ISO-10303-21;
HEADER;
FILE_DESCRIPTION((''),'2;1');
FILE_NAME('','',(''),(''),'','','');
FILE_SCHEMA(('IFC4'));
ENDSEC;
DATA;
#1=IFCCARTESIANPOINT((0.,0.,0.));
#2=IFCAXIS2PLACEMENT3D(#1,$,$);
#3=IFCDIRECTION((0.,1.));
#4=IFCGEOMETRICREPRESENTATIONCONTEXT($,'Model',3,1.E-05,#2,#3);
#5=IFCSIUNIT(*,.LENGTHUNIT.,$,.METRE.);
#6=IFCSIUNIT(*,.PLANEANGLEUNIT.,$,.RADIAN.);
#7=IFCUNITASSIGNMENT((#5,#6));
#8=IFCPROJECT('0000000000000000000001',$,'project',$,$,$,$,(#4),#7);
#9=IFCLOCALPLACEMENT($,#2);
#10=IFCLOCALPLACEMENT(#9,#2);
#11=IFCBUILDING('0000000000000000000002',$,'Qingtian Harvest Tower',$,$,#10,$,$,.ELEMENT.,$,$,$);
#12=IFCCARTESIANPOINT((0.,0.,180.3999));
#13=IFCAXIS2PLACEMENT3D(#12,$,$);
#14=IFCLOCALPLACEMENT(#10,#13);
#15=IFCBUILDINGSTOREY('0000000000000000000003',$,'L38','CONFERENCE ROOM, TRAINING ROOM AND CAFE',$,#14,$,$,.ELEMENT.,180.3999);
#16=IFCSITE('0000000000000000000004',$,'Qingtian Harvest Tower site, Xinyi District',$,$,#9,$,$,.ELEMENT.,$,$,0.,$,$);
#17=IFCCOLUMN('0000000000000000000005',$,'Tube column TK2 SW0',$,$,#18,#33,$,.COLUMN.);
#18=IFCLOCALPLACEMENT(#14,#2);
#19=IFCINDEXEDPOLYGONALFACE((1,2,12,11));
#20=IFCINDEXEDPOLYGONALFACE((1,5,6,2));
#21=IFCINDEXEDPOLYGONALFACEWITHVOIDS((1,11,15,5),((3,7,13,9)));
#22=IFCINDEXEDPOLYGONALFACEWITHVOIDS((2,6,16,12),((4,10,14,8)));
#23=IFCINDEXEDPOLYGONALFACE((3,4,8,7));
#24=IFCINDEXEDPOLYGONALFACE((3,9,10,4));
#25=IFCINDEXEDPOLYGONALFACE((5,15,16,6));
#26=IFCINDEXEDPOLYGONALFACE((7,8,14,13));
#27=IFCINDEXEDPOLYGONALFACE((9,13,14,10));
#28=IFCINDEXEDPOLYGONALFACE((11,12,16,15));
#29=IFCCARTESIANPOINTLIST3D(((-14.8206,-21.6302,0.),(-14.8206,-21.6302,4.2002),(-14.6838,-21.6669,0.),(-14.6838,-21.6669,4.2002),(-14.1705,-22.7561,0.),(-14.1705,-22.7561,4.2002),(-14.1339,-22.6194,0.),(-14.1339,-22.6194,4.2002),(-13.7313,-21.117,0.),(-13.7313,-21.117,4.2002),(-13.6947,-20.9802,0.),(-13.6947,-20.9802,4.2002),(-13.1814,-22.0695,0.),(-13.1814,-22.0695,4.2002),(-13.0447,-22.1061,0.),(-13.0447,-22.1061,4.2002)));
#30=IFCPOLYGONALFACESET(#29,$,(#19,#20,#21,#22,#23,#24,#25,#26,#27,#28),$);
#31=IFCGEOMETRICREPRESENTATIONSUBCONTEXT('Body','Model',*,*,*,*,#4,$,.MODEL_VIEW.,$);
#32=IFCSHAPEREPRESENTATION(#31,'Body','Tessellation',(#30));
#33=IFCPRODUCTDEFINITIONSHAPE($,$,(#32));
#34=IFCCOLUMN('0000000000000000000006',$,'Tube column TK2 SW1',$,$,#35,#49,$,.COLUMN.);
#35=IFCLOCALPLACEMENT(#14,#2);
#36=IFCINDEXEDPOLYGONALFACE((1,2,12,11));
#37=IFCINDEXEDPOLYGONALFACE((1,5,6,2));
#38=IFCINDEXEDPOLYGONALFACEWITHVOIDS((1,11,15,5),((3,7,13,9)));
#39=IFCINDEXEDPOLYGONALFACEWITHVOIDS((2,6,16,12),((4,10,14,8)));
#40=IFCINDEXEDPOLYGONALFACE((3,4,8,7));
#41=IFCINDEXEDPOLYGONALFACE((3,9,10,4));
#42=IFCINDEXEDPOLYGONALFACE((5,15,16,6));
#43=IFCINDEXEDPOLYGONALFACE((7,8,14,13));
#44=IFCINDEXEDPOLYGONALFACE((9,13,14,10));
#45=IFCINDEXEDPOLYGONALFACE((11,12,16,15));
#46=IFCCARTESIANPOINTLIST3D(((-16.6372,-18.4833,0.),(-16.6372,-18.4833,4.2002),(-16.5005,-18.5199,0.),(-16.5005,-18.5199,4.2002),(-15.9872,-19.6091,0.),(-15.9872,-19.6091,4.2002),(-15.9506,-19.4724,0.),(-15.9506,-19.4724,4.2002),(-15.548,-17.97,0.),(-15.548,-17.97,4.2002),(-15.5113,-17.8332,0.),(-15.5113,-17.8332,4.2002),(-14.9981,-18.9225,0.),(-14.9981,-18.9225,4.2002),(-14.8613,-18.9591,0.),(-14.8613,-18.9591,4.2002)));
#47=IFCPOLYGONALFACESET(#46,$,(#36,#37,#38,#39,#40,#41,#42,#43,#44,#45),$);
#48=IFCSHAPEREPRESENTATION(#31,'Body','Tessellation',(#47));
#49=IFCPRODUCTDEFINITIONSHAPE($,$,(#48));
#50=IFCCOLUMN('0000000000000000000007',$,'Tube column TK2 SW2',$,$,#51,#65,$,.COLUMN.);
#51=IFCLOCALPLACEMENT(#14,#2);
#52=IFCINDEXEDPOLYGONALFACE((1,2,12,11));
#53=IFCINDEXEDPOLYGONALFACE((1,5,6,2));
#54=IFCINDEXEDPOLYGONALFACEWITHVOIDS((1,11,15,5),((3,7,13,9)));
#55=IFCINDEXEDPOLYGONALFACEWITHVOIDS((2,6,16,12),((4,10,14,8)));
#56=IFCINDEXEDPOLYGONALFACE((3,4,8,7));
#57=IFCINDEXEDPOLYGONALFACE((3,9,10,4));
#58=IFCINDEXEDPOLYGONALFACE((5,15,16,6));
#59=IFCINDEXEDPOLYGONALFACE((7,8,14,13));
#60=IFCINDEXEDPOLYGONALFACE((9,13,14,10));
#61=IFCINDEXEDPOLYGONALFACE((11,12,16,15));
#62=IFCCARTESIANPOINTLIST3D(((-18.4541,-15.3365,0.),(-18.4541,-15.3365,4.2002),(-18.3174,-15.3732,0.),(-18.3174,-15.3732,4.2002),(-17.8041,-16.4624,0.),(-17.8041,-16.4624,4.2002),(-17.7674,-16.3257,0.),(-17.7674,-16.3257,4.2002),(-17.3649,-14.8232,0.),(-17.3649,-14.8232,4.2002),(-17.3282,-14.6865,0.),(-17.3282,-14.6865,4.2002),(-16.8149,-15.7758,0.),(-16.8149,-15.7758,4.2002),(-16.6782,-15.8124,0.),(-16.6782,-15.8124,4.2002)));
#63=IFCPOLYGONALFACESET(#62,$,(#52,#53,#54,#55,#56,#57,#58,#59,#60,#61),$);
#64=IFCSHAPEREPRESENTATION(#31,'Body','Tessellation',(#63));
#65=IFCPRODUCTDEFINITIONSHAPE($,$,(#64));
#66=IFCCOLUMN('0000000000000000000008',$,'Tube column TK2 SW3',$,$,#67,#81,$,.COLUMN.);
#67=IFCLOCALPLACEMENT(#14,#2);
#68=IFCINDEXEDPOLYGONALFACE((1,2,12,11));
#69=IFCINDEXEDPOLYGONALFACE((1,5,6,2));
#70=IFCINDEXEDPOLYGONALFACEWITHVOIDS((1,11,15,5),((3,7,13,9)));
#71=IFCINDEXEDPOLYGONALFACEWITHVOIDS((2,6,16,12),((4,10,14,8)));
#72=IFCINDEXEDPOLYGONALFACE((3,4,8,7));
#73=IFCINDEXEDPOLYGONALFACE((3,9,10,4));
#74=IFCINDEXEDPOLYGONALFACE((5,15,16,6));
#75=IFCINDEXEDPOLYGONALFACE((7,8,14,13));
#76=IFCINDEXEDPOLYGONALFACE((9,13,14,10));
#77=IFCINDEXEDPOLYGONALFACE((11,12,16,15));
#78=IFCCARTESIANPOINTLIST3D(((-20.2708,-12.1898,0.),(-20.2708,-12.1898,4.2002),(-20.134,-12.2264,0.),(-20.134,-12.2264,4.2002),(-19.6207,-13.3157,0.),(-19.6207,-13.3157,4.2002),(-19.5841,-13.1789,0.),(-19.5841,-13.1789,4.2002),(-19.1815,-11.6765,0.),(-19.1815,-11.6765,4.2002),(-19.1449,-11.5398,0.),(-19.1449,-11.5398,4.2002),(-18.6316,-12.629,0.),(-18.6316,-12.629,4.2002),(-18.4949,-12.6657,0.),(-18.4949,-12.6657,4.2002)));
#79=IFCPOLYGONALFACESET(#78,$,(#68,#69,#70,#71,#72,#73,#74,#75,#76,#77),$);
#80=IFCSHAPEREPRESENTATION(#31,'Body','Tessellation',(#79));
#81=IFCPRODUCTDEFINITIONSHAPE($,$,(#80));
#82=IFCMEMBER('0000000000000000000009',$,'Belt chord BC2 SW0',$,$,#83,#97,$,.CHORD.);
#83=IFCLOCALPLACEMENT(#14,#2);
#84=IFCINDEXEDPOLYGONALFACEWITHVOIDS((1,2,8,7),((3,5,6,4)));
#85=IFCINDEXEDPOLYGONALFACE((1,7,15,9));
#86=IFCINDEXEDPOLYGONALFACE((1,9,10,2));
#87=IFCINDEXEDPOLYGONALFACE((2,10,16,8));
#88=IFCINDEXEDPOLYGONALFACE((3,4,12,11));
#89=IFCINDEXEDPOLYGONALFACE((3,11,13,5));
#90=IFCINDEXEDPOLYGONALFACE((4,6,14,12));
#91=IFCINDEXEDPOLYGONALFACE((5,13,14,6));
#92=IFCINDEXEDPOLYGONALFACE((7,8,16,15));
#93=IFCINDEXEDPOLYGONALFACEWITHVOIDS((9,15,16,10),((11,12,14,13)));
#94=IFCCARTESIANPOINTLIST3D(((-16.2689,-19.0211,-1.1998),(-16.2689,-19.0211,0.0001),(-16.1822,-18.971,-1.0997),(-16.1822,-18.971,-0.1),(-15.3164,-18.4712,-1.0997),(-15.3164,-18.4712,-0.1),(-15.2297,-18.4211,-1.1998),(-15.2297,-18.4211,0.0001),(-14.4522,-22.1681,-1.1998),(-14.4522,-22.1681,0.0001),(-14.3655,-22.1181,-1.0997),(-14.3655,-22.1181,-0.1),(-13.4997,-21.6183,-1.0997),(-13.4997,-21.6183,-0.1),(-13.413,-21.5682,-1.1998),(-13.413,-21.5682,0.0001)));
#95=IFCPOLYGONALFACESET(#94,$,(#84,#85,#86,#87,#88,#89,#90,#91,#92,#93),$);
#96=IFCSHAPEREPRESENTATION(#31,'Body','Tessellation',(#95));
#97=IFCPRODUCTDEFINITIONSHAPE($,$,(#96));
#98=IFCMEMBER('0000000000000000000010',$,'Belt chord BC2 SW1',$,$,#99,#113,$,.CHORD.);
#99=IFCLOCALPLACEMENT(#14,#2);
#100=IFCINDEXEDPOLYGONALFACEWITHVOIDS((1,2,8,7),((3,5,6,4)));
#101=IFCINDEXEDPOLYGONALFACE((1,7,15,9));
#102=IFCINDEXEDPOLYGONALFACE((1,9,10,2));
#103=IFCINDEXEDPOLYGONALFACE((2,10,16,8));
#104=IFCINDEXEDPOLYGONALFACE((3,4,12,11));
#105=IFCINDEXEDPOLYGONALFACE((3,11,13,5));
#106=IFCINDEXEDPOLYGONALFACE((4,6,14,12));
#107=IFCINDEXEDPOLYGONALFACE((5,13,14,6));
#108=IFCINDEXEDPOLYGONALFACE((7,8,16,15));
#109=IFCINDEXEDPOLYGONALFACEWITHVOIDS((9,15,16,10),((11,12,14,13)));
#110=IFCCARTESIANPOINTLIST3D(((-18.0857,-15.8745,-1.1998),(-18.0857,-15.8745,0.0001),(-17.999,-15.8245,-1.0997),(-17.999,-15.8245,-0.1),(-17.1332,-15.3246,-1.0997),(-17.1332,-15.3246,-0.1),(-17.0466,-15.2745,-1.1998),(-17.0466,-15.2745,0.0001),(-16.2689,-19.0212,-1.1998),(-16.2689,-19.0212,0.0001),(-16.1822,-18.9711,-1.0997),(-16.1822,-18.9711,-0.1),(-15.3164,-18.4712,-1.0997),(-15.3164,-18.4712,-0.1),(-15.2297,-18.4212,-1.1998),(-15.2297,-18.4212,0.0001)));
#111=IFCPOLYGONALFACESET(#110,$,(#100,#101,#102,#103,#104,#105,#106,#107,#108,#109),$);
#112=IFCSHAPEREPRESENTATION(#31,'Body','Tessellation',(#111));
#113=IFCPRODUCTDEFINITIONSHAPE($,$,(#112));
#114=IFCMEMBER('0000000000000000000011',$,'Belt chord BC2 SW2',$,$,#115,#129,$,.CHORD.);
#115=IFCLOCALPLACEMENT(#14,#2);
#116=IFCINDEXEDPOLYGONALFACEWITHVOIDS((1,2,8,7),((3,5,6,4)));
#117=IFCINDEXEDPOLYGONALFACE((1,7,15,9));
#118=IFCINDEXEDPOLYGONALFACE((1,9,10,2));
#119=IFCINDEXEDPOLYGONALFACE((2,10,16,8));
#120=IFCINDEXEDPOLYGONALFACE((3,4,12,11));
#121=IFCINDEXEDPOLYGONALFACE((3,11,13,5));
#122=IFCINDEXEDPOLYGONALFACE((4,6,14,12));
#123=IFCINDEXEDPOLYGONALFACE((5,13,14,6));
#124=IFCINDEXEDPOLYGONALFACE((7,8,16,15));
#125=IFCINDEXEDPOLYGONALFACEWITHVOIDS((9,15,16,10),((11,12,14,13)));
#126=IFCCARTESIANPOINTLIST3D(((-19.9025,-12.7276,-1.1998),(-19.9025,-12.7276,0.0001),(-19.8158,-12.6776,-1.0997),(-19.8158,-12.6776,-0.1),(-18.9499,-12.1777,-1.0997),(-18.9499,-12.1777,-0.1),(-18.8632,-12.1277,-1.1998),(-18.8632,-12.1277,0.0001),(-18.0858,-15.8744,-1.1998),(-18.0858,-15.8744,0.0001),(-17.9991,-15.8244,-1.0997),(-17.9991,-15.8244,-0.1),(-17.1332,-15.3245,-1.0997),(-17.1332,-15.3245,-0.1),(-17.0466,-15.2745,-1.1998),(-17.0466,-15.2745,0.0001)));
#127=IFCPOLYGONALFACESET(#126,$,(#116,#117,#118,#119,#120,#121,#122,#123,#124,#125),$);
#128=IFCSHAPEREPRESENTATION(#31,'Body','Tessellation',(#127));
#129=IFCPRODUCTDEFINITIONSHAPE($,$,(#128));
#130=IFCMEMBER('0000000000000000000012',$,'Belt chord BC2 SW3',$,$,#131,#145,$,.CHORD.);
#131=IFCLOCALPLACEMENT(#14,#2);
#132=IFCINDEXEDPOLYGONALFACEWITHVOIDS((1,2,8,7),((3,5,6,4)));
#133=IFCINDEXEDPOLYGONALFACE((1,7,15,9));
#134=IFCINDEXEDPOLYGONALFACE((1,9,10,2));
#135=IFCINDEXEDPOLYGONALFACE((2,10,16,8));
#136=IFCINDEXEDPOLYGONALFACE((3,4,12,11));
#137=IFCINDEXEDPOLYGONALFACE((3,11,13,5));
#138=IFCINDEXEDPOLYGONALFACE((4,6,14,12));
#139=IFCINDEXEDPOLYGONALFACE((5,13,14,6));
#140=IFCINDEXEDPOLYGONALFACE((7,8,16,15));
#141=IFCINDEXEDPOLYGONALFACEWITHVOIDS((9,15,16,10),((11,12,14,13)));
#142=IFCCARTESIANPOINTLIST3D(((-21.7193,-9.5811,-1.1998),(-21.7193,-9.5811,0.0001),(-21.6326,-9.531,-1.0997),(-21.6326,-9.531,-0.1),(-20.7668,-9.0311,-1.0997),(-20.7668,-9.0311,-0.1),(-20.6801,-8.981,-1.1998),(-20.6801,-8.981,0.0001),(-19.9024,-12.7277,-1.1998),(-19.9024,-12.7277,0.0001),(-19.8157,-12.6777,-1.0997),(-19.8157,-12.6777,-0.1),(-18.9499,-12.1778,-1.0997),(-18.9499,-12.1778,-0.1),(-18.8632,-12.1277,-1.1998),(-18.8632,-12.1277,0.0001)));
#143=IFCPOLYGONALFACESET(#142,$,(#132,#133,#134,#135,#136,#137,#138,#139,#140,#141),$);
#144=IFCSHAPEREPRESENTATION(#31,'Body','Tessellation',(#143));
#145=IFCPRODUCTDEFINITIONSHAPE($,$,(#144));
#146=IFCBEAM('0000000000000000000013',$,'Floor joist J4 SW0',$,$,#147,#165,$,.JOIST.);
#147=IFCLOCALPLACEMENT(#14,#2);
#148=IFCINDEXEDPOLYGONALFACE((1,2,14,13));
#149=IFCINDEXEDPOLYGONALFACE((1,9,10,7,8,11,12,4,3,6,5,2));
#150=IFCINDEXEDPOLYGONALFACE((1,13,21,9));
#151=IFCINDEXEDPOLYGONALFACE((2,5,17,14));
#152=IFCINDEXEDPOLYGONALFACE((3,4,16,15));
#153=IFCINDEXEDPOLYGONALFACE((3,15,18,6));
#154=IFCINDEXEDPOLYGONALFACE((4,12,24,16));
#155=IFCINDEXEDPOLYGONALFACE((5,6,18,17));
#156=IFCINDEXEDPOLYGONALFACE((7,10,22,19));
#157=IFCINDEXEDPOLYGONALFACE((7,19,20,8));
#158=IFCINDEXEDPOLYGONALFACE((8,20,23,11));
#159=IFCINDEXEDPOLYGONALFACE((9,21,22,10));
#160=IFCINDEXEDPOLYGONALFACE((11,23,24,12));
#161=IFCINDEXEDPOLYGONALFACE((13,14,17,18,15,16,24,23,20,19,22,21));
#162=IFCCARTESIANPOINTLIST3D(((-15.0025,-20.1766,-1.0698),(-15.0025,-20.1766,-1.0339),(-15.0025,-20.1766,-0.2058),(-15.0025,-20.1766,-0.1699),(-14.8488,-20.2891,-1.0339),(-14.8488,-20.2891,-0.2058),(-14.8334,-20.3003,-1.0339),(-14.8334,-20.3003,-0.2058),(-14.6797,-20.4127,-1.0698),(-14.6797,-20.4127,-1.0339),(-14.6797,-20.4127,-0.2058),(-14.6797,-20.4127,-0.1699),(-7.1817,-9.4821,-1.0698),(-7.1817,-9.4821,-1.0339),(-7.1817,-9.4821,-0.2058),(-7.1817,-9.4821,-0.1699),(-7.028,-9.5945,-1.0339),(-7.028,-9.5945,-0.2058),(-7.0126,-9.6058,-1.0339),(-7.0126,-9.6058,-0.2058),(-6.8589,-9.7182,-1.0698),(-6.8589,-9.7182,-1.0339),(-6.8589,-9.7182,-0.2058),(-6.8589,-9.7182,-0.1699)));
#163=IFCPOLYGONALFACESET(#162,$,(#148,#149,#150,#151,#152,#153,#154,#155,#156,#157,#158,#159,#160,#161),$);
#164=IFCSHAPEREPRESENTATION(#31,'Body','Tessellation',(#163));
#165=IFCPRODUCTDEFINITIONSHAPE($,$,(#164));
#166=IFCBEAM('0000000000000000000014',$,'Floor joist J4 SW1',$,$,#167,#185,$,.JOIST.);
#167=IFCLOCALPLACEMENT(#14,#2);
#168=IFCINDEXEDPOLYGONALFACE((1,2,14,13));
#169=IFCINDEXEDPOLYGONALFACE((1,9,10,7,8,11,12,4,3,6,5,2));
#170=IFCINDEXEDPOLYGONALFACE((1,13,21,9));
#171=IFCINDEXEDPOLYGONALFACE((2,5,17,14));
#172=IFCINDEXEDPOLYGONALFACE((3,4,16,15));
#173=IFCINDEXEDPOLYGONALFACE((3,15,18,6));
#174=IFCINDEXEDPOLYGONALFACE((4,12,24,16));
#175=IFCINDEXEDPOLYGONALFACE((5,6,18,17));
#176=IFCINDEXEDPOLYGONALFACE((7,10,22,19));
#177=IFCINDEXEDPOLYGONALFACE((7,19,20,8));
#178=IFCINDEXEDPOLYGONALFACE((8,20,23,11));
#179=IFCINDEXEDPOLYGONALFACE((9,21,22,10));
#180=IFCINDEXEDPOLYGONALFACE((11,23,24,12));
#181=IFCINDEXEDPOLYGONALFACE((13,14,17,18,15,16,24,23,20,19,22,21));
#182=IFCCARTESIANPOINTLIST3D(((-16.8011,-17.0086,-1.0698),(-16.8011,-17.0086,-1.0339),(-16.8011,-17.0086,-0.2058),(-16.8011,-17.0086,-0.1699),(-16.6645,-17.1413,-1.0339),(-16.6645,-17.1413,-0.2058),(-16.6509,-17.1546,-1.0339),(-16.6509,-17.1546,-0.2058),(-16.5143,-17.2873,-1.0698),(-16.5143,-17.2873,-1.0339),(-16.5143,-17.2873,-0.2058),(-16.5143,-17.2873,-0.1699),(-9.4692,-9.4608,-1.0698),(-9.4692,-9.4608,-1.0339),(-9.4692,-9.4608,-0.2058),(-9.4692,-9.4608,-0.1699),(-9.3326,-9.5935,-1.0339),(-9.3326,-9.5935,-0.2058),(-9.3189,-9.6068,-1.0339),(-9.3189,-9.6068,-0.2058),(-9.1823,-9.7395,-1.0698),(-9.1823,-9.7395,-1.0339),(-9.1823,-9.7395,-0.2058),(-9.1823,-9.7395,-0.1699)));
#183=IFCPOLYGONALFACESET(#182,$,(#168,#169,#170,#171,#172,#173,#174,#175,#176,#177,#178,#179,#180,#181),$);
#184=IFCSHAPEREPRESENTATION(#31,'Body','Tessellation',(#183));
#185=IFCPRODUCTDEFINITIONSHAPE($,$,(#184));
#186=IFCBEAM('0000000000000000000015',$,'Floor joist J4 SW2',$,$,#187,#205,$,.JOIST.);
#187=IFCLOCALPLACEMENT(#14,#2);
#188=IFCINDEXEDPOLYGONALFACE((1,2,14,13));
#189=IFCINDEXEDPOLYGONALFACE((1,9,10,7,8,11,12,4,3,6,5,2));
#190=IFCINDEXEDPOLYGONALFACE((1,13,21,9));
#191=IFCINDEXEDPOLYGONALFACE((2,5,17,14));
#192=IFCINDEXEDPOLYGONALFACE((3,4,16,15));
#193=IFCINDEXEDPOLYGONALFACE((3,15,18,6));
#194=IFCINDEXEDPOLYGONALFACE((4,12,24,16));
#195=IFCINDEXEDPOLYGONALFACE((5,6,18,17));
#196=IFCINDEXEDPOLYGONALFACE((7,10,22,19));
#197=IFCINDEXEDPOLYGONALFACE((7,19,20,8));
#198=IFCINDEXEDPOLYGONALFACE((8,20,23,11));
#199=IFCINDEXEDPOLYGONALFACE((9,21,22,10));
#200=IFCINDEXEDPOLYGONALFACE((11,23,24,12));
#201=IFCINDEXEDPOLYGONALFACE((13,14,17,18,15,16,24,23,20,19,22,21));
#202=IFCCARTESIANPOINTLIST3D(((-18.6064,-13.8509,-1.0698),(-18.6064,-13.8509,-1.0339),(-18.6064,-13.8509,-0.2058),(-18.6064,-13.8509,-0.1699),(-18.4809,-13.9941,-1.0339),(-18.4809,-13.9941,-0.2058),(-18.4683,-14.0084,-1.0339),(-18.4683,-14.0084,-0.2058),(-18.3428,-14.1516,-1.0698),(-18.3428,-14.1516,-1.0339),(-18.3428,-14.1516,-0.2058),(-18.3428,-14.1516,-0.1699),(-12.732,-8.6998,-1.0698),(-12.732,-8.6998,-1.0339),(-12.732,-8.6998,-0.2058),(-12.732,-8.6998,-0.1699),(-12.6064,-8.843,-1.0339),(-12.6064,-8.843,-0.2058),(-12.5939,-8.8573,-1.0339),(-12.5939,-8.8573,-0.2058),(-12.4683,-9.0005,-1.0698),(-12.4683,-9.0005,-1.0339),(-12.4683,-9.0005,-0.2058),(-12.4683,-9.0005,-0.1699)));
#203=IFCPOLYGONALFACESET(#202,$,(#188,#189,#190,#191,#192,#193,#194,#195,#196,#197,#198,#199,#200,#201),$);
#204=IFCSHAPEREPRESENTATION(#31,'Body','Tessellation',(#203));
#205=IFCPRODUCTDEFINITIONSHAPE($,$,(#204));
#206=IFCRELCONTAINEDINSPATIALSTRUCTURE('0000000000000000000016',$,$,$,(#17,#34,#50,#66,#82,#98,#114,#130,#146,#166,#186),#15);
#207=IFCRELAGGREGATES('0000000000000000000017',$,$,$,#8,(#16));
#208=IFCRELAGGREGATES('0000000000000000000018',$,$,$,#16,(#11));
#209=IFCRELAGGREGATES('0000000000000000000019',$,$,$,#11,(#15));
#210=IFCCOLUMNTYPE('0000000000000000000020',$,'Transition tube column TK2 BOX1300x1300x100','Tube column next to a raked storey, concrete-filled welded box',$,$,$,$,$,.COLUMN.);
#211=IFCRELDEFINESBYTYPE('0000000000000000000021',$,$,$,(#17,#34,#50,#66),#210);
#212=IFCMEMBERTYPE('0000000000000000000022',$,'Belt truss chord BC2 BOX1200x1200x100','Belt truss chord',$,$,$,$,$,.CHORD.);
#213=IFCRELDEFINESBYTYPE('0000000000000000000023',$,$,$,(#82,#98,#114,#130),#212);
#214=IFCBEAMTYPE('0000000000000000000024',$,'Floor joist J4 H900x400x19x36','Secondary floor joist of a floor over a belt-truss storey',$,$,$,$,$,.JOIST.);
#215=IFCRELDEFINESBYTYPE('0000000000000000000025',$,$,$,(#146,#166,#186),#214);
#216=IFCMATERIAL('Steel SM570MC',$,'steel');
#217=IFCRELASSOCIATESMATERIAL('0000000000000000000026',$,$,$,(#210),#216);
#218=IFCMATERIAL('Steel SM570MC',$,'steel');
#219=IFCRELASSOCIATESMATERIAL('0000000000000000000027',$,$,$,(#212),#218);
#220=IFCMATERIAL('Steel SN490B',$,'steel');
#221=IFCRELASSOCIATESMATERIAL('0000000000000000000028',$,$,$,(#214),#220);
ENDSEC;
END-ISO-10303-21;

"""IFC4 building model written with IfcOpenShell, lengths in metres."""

from ifc_helpers import new_model, si_unit, direction, frame, origin, origin_2d, place, context, subcontext, project, spatial, hollow_rectangle, i_section, extrude, material, material_profile, profile_set, type_object, element, save


model = new_model("IFC4")

# Units and contexts
model_context = context("Model", 3, precision=1e-05, world=origin(), true_north=direction((0.0, 1.0)))
body_context = subcontext(model_context, "Body", "Model", "MODEL_VIEW")
ifc_project = project(units=[si_unit("LENGTHUNIT", "METRE"), si_unit("PLANEANGLEUNIT", "RADIAN")], contexts=[model_context])

# Site, building, storey
site_placement = place(None, origin())
site = spatial("IfcSite", under=ifc_project, at=site_placement, Name="Qingtian Harvest Tower site, Xinyi District", CompositionType="ELEMENT", RefElevation=0.0)
building_placement = place(site_placement, origin())
building = spatial("IfcBuilding", under=site, at=building_placement, Name="Qingtian Harvest Tower", CompositionType="ELEMENT")
storey_placement = place(building_placement, frame((0.0, 0.0, 180.3999)))
storey = spatial("IfcBuildingStorey", under=building, at=storey_placement, Name="L38", Description="CONFERENCE ROOM, TRAINING ROOM AND CAFE", CompositionType="ELEMENT", Elevation=180.3999)

# Columns
ifc_material_1 = material(Name="Steel SM570MC", Category="steel")
ifc_material_profile_1 = material_profile(ifc_material_1, hollow_rectangle(XDim=1.3, YDim=1.3, WallThickness=0.1001, at=origin_2d()), Name="BOX1300x1300x100")
ifc_profile_set_1 = profile_set([ifc_material_profile_1], Name="Steel SM570MC")
column_type = type_object("IfcColumnType", Name="Transition tube column TK2 BOX1300x1300x100", Description="Tube column next to a raked storey, concrete-filled welded box", PredefinedType="COLUMN", material=ifc_profile_set_1)
for number, where, z_axis, x_axis, name in (
    (1, (-13.9326, -21.8682, 0.0), (0.0, 0.0, 1.0), (0.5, -0.866025, 0.0), "Tube column TK2 SW0"),
    (2, (-15.7493, -18.7212, 0.0), (0.0, 0.0, 1.0), (0.5, -0.866025, 0.0), "Tube column TK2 SW1"),
    (3, (-17.5662, -15.5745, 0.0), (0.0, 0.0, 1.0), (0.5, -0.866025, 0.0), "Tube column TK2 SW2"),
    (4, (-19.3828, -12.4277, 0.0), (0.0, 0.0, 1.0), (0.5, -0.866025, 0.0), "Tube column TK2 SW3"),
):
    element("IfcColumn", number, at=place(storey_placement, frame(where, z_axis=z_axis, x_axis=x_axis)), inside=storey, type_object=column_type, Name=name, PredefinedType="COLUMN", context=body_context, shape_type="SweptSolid", body=[
        extrude(hollow_rectangle(XDim=1.3, YDim=1.3, WallThickness=0.1001, at=origin_2d()), origin(), (0.0, 0.0, 1.0), 4.2002),
    ])

# Members
ifc_material_2 = material(Name="Steel SM570MC", Category="steel")
ifc_material_profile_2 = material_profile(ifc_material_2, hollow_rectangle(XDim=1.2, YDim=1.2, WallThickness=0.1001, at=origin_2d()), Name="BOX1200x1200x100")
ifc_profile_set_2 = profile_set([ifc_material_profile_2], Name="Steel SM570MC")
member_type_1 = type_object("IfcMemberType", Name="Belt truss chord BC2 BOX1200x1200x100", Description="Belt truss chord", PredefinedType="CHORD", material=ifc_profile_set_2)
member_1_placement = place(storey_placement, frame((-13.9326, -21.8682, -0.5999), z_axis=(-0.499947, 0.866056, 0.0), x_axis=(-0.866056, -0.499947, 0.0)))
element("IfcMember", 5, at=member_1_placement, inside=storey, type_object=member_type_1, Name="Belt chord BC2 SW0", PredefinedType="CHORD", context=body_context, shape_type="SweptSolid", body=[
    extrude(hollow_rectangle(XDim=1.2, YDim=1.2, WallThickness=0.1001, at=origin_2d()), origin(), (0.0, 0.0, 1.0), 3.6338),
])
for number, where, z_axis, x_axis, name in (
    (6, (-15.7493, -18.7212, -0.5999), (-0.500027, 0.86601, 0.0), (-0.86601, -0.500027, 0.0), "Belt chord BC2 SW1"),
    (7, (-17.5662, -15.5745, -0.5999), (-0.499976, 0.866039, 0.0), (-0.866039, -0.499976, 0.0), "Belt chord BC2 SW2"),
    (8, (-19.3828, -12.4277, -0.5999), (-0.500027, 0.86601, 0.0), (-0.86601, -0.500027, 0.0), "Belt chord BC2 SW3"),
):
    element("IfcMember", number, at=place(storey_placement, frame(where, z_axis=z_axis, x_axis=x_axis)), inside=storey, type_object=member_type_1, Name=name, PredefinedType="CHORD", context=body_context, shape_type="SweptSolid", body=[
        extrude(hollow_rectangle(XDim=1.2, YDim=1.2, WallThickness=0.1001, at=origin_2d()), origin(), (0.0, 0.0, 1.0), 3.6335),
    ])

# Beams
ifc_material_3 = material(Name="Steel SN490B", Category="steel")
ifc_material_profile_3 = material_profile(ifc_material_3, i_section(OverallWidth=0.3999, OverallDepth=0.8999, WebThickness=0.019, FlangeThickness=0.0359, at=origin_2d()), Name="H900x400x19x36")
ifc_profile_set_3 = profile_set([ifc_material_profile_3], Name="Steel SN490B")
beam_type_1 = type_object("IfcBeamType", Name="Floor joist J4 H900x400x19x36", Description="Secondary floor joist of a floor over a belt-truss storey", PredefinedType="JOIST", material=ifc_profile_set_3)
beam_1_placement = place(storey_placement, frame((-14.8411, -20.2947, -0.6199), z_axis=(0.590289, 0.807192, 0.0), x_axis=(-0.807192, 0.590289, 0.0)))
element("IfcBeam", 9, at=beam_1_placement, inside=storey, type_object=beam_type_1, Name="Floor joist J4 SW0", PredefinedType="JOIST", context=body_context, shape_type="SweptSolid", body=[
    extrude(i_section(OverallWidth=0.3999, OverallDepth=0.8999, WebThickness=0.019, FlangeThickness=0.0359, at=origin_2d()), origin(), (0.0, 0.0, 1.0), 13.249),
])
beam_2_placement = place(storey_placement, frame((-16.6577, -17.1479, -0.6199), z_axis=(0.696777, 0.717287, 0.0), x_axis=(-0.717287, 0.696777, 0.0)))
element("IfcBeam", 10, at=beam_2_placement, inside=storey, type_object=beam_type_1, Name="Floor joist J4 SW1", PredefinedType="JOIST", context=body_context, shape_type="SweptSolid", body=[
    extrude(i_section(OverallWidth=0.3999, OverallDepth=0.8999, WebThickness=0.019, FlangeThickness=0.0359, at=origin_2d()), origin(), (0.0, 0.0, 1.0), 10.5227),
])
beam_3_placement = place(storey_placement, frame((-18.4746, -14.0012, -0.6199), z_axis=(0.751883, 0.659296, 0.0), x_axis=(-0.659296, 0.751883, 0.0)))
element("IfcBeam", 11, at=beam_3_placement, inside=storey, type_object=beam_type_1, Name="Floor joist J4 SW2", PredefinedType="JOIST", context=body_context, shape_type="SweptSolid", body=[
    extrude(i_section(OverallWidth=0.3999, OverallDepth=0.8999, WebThickness=0.019, FlangeThickness=0.0359, at=origin_2d()), origin(), (0.0, 0.0, 1.0), 7.813),
])

save(model, "model.ifc")
